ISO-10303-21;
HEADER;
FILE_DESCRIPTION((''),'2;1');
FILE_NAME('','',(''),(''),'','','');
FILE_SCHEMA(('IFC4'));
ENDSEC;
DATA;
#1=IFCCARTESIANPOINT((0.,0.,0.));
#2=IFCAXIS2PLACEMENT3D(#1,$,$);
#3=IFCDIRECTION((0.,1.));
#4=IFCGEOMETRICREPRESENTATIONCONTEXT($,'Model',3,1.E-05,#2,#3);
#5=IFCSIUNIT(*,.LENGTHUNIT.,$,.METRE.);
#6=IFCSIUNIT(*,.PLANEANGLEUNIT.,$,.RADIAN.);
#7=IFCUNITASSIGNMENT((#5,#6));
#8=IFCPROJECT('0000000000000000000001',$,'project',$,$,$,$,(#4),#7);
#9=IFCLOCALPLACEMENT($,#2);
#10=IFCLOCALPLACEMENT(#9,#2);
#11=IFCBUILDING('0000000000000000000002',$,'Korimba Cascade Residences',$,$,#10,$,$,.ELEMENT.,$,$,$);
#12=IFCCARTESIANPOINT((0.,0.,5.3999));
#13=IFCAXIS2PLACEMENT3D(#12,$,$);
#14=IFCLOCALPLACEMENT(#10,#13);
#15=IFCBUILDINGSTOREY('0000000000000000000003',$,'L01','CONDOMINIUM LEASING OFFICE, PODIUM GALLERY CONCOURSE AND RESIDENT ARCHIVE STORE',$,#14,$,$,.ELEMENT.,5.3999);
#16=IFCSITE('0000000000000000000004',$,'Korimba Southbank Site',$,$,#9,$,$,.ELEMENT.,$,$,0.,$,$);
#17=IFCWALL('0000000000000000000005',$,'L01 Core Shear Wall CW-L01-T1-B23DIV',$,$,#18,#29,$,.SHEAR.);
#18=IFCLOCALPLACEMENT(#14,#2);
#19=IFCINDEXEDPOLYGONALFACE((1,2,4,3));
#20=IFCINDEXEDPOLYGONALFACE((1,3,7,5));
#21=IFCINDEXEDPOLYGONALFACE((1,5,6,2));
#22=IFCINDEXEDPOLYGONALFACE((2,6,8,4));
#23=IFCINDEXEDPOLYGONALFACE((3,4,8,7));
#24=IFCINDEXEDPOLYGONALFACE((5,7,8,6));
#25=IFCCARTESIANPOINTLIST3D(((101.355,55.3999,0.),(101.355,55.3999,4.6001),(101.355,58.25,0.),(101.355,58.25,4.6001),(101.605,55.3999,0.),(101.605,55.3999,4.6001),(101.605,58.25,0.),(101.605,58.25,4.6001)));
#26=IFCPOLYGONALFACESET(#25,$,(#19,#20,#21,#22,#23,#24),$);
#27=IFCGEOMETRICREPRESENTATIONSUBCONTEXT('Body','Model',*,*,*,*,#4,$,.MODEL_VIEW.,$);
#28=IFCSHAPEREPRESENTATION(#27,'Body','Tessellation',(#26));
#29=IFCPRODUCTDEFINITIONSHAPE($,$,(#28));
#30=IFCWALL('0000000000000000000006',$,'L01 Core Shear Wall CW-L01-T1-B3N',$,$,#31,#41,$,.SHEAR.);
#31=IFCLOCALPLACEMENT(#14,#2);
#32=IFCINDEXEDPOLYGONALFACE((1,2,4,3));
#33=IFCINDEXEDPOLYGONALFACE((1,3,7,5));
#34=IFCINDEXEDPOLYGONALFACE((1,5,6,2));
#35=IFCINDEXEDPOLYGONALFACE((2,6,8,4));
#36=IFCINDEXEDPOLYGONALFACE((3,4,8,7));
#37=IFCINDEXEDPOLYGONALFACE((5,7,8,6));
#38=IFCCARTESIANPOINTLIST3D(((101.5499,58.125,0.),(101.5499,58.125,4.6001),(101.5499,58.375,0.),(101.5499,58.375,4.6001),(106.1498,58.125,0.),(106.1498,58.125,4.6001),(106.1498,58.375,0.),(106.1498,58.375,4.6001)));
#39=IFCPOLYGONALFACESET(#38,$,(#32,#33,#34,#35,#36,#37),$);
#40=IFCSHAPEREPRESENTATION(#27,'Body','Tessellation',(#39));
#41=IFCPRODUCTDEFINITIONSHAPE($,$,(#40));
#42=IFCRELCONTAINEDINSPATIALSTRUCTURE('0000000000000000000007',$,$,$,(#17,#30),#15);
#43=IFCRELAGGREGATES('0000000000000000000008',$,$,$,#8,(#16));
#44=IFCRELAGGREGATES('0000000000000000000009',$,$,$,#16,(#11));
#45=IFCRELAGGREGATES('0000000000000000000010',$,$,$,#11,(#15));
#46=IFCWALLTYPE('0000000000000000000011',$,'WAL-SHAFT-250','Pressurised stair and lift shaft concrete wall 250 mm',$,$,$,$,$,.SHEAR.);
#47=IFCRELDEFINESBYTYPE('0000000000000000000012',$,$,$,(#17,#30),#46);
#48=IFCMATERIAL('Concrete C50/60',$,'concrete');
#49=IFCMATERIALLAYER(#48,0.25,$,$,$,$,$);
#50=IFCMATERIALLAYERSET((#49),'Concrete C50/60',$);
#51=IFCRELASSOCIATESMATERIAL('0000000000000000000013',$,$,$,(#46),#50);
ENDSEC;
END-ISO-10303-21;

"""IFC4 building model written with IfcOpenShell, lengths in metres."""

from ifc_helpers import new_model, si_unit, direction, frame, frame_2d, origin, place, context, subcontext, project, spatial, rectangle, extrude, material, layer, layer_set, type_object, element, save


model = new_model("IFC4")

# Units and contexts
model_context = context("Model", 3, precision=1e-05, world=origin(), true_north=direction((0.0, 1.0)))
body_context = subcontext(model_context, "Body", "Model", "MODEL_VIEW")
ifc_project = project(units=[si_unit("LENGTHUNIT", "METRE"), si_unit("PLANEANGLEUNIT", "RADIAN")], contexts=[model_context])

# Site, building, storey
site_placement = place(None, origin())
site = spatial("IfcSite", under=ifc_project, at=site_placement, Name="Korimba Southbank Site", CompositionType="ELEMENT", RefElevation=0.0)
building_placement = place(site_placement, origin())
building = spatial("IfcBuilding", under=site, at=building_placement, Name="Korimba Cascade Residences", CompositionType="ELEMENT")
storey_placement = place(building_placement, frame((0.0, 0.0, 5.3999)))
storey = spatial("IfcBuildingStorey", under=building, at=storey_placement, Name="L01", Description="CONDOMINIUM LEASING OFFICE, PODIUM GALLERY CONCOURSE AND RESIDENT ARCHIVE STORE", CompositionType="ELEMENT", Elevation=5.3999)

# Shared definitions
ifc_material_1 = material(Name="Concrete C50/60", Category="concrete")

# Walls
ifc_layer_1 = layer(ifc_material_1, 0.25)
ifc_layer_set_1 = layer_set([ifc_layer_1], Name="Concrete C50/60")
wall_type_1 = type_object("IfcWallType", Name="WAL-SHAFT-250", Description="Pressurised stair and lift shaft concrete wall 250 mm", PredefinedType="SHEAR", material=ifc_layer_set_1)
wall_1_placement = place(storey_placement, frame((101.48, 55.3999, 0.0), z_axis=(0.0, 0.0, 1.0), x_axis=(0.0, 1.0, 0.0)))
element("IfcWall", 1, at=wall_1_placement, inside=storey, type_object=wall_type_1, Name="L01 Core Shear Wall CW-L01-T1-B23DIV", PredefinedType="SHEAR", context=body_context, shape_type="SweptSolid", body=[
    extrude(rectangle(XDim=2.8501, YDim=0.25, at=frame_2d((1.425, 0.0))), origin(), (0.0, 0.0, 1.0), 4.6001),
])
wall_2_placement = place(storey_placement, frame((101.55, 58.25, 0.0), z_axis=(0.0, 0.0, 1.0), x_axis=(1.0, 0.0, 0.0)))
element("IfcWall", 2, at=wall_2_placement, inside=storey, type_object=wall_type_1, Name="L01 Core Shear Wall CW-L01-T1-B3N", PredefinedType="SHEAR", context=body_context, shape_type="SweptSolid", body=[
    extrude(rectangle(XDim=4.5999, YDim=0.25, at=frame_2d((2.2998, 0.0))), origin(), (0.0, 0.0, 1.0), 4.6001),
])

save(model, "model.ifc")
